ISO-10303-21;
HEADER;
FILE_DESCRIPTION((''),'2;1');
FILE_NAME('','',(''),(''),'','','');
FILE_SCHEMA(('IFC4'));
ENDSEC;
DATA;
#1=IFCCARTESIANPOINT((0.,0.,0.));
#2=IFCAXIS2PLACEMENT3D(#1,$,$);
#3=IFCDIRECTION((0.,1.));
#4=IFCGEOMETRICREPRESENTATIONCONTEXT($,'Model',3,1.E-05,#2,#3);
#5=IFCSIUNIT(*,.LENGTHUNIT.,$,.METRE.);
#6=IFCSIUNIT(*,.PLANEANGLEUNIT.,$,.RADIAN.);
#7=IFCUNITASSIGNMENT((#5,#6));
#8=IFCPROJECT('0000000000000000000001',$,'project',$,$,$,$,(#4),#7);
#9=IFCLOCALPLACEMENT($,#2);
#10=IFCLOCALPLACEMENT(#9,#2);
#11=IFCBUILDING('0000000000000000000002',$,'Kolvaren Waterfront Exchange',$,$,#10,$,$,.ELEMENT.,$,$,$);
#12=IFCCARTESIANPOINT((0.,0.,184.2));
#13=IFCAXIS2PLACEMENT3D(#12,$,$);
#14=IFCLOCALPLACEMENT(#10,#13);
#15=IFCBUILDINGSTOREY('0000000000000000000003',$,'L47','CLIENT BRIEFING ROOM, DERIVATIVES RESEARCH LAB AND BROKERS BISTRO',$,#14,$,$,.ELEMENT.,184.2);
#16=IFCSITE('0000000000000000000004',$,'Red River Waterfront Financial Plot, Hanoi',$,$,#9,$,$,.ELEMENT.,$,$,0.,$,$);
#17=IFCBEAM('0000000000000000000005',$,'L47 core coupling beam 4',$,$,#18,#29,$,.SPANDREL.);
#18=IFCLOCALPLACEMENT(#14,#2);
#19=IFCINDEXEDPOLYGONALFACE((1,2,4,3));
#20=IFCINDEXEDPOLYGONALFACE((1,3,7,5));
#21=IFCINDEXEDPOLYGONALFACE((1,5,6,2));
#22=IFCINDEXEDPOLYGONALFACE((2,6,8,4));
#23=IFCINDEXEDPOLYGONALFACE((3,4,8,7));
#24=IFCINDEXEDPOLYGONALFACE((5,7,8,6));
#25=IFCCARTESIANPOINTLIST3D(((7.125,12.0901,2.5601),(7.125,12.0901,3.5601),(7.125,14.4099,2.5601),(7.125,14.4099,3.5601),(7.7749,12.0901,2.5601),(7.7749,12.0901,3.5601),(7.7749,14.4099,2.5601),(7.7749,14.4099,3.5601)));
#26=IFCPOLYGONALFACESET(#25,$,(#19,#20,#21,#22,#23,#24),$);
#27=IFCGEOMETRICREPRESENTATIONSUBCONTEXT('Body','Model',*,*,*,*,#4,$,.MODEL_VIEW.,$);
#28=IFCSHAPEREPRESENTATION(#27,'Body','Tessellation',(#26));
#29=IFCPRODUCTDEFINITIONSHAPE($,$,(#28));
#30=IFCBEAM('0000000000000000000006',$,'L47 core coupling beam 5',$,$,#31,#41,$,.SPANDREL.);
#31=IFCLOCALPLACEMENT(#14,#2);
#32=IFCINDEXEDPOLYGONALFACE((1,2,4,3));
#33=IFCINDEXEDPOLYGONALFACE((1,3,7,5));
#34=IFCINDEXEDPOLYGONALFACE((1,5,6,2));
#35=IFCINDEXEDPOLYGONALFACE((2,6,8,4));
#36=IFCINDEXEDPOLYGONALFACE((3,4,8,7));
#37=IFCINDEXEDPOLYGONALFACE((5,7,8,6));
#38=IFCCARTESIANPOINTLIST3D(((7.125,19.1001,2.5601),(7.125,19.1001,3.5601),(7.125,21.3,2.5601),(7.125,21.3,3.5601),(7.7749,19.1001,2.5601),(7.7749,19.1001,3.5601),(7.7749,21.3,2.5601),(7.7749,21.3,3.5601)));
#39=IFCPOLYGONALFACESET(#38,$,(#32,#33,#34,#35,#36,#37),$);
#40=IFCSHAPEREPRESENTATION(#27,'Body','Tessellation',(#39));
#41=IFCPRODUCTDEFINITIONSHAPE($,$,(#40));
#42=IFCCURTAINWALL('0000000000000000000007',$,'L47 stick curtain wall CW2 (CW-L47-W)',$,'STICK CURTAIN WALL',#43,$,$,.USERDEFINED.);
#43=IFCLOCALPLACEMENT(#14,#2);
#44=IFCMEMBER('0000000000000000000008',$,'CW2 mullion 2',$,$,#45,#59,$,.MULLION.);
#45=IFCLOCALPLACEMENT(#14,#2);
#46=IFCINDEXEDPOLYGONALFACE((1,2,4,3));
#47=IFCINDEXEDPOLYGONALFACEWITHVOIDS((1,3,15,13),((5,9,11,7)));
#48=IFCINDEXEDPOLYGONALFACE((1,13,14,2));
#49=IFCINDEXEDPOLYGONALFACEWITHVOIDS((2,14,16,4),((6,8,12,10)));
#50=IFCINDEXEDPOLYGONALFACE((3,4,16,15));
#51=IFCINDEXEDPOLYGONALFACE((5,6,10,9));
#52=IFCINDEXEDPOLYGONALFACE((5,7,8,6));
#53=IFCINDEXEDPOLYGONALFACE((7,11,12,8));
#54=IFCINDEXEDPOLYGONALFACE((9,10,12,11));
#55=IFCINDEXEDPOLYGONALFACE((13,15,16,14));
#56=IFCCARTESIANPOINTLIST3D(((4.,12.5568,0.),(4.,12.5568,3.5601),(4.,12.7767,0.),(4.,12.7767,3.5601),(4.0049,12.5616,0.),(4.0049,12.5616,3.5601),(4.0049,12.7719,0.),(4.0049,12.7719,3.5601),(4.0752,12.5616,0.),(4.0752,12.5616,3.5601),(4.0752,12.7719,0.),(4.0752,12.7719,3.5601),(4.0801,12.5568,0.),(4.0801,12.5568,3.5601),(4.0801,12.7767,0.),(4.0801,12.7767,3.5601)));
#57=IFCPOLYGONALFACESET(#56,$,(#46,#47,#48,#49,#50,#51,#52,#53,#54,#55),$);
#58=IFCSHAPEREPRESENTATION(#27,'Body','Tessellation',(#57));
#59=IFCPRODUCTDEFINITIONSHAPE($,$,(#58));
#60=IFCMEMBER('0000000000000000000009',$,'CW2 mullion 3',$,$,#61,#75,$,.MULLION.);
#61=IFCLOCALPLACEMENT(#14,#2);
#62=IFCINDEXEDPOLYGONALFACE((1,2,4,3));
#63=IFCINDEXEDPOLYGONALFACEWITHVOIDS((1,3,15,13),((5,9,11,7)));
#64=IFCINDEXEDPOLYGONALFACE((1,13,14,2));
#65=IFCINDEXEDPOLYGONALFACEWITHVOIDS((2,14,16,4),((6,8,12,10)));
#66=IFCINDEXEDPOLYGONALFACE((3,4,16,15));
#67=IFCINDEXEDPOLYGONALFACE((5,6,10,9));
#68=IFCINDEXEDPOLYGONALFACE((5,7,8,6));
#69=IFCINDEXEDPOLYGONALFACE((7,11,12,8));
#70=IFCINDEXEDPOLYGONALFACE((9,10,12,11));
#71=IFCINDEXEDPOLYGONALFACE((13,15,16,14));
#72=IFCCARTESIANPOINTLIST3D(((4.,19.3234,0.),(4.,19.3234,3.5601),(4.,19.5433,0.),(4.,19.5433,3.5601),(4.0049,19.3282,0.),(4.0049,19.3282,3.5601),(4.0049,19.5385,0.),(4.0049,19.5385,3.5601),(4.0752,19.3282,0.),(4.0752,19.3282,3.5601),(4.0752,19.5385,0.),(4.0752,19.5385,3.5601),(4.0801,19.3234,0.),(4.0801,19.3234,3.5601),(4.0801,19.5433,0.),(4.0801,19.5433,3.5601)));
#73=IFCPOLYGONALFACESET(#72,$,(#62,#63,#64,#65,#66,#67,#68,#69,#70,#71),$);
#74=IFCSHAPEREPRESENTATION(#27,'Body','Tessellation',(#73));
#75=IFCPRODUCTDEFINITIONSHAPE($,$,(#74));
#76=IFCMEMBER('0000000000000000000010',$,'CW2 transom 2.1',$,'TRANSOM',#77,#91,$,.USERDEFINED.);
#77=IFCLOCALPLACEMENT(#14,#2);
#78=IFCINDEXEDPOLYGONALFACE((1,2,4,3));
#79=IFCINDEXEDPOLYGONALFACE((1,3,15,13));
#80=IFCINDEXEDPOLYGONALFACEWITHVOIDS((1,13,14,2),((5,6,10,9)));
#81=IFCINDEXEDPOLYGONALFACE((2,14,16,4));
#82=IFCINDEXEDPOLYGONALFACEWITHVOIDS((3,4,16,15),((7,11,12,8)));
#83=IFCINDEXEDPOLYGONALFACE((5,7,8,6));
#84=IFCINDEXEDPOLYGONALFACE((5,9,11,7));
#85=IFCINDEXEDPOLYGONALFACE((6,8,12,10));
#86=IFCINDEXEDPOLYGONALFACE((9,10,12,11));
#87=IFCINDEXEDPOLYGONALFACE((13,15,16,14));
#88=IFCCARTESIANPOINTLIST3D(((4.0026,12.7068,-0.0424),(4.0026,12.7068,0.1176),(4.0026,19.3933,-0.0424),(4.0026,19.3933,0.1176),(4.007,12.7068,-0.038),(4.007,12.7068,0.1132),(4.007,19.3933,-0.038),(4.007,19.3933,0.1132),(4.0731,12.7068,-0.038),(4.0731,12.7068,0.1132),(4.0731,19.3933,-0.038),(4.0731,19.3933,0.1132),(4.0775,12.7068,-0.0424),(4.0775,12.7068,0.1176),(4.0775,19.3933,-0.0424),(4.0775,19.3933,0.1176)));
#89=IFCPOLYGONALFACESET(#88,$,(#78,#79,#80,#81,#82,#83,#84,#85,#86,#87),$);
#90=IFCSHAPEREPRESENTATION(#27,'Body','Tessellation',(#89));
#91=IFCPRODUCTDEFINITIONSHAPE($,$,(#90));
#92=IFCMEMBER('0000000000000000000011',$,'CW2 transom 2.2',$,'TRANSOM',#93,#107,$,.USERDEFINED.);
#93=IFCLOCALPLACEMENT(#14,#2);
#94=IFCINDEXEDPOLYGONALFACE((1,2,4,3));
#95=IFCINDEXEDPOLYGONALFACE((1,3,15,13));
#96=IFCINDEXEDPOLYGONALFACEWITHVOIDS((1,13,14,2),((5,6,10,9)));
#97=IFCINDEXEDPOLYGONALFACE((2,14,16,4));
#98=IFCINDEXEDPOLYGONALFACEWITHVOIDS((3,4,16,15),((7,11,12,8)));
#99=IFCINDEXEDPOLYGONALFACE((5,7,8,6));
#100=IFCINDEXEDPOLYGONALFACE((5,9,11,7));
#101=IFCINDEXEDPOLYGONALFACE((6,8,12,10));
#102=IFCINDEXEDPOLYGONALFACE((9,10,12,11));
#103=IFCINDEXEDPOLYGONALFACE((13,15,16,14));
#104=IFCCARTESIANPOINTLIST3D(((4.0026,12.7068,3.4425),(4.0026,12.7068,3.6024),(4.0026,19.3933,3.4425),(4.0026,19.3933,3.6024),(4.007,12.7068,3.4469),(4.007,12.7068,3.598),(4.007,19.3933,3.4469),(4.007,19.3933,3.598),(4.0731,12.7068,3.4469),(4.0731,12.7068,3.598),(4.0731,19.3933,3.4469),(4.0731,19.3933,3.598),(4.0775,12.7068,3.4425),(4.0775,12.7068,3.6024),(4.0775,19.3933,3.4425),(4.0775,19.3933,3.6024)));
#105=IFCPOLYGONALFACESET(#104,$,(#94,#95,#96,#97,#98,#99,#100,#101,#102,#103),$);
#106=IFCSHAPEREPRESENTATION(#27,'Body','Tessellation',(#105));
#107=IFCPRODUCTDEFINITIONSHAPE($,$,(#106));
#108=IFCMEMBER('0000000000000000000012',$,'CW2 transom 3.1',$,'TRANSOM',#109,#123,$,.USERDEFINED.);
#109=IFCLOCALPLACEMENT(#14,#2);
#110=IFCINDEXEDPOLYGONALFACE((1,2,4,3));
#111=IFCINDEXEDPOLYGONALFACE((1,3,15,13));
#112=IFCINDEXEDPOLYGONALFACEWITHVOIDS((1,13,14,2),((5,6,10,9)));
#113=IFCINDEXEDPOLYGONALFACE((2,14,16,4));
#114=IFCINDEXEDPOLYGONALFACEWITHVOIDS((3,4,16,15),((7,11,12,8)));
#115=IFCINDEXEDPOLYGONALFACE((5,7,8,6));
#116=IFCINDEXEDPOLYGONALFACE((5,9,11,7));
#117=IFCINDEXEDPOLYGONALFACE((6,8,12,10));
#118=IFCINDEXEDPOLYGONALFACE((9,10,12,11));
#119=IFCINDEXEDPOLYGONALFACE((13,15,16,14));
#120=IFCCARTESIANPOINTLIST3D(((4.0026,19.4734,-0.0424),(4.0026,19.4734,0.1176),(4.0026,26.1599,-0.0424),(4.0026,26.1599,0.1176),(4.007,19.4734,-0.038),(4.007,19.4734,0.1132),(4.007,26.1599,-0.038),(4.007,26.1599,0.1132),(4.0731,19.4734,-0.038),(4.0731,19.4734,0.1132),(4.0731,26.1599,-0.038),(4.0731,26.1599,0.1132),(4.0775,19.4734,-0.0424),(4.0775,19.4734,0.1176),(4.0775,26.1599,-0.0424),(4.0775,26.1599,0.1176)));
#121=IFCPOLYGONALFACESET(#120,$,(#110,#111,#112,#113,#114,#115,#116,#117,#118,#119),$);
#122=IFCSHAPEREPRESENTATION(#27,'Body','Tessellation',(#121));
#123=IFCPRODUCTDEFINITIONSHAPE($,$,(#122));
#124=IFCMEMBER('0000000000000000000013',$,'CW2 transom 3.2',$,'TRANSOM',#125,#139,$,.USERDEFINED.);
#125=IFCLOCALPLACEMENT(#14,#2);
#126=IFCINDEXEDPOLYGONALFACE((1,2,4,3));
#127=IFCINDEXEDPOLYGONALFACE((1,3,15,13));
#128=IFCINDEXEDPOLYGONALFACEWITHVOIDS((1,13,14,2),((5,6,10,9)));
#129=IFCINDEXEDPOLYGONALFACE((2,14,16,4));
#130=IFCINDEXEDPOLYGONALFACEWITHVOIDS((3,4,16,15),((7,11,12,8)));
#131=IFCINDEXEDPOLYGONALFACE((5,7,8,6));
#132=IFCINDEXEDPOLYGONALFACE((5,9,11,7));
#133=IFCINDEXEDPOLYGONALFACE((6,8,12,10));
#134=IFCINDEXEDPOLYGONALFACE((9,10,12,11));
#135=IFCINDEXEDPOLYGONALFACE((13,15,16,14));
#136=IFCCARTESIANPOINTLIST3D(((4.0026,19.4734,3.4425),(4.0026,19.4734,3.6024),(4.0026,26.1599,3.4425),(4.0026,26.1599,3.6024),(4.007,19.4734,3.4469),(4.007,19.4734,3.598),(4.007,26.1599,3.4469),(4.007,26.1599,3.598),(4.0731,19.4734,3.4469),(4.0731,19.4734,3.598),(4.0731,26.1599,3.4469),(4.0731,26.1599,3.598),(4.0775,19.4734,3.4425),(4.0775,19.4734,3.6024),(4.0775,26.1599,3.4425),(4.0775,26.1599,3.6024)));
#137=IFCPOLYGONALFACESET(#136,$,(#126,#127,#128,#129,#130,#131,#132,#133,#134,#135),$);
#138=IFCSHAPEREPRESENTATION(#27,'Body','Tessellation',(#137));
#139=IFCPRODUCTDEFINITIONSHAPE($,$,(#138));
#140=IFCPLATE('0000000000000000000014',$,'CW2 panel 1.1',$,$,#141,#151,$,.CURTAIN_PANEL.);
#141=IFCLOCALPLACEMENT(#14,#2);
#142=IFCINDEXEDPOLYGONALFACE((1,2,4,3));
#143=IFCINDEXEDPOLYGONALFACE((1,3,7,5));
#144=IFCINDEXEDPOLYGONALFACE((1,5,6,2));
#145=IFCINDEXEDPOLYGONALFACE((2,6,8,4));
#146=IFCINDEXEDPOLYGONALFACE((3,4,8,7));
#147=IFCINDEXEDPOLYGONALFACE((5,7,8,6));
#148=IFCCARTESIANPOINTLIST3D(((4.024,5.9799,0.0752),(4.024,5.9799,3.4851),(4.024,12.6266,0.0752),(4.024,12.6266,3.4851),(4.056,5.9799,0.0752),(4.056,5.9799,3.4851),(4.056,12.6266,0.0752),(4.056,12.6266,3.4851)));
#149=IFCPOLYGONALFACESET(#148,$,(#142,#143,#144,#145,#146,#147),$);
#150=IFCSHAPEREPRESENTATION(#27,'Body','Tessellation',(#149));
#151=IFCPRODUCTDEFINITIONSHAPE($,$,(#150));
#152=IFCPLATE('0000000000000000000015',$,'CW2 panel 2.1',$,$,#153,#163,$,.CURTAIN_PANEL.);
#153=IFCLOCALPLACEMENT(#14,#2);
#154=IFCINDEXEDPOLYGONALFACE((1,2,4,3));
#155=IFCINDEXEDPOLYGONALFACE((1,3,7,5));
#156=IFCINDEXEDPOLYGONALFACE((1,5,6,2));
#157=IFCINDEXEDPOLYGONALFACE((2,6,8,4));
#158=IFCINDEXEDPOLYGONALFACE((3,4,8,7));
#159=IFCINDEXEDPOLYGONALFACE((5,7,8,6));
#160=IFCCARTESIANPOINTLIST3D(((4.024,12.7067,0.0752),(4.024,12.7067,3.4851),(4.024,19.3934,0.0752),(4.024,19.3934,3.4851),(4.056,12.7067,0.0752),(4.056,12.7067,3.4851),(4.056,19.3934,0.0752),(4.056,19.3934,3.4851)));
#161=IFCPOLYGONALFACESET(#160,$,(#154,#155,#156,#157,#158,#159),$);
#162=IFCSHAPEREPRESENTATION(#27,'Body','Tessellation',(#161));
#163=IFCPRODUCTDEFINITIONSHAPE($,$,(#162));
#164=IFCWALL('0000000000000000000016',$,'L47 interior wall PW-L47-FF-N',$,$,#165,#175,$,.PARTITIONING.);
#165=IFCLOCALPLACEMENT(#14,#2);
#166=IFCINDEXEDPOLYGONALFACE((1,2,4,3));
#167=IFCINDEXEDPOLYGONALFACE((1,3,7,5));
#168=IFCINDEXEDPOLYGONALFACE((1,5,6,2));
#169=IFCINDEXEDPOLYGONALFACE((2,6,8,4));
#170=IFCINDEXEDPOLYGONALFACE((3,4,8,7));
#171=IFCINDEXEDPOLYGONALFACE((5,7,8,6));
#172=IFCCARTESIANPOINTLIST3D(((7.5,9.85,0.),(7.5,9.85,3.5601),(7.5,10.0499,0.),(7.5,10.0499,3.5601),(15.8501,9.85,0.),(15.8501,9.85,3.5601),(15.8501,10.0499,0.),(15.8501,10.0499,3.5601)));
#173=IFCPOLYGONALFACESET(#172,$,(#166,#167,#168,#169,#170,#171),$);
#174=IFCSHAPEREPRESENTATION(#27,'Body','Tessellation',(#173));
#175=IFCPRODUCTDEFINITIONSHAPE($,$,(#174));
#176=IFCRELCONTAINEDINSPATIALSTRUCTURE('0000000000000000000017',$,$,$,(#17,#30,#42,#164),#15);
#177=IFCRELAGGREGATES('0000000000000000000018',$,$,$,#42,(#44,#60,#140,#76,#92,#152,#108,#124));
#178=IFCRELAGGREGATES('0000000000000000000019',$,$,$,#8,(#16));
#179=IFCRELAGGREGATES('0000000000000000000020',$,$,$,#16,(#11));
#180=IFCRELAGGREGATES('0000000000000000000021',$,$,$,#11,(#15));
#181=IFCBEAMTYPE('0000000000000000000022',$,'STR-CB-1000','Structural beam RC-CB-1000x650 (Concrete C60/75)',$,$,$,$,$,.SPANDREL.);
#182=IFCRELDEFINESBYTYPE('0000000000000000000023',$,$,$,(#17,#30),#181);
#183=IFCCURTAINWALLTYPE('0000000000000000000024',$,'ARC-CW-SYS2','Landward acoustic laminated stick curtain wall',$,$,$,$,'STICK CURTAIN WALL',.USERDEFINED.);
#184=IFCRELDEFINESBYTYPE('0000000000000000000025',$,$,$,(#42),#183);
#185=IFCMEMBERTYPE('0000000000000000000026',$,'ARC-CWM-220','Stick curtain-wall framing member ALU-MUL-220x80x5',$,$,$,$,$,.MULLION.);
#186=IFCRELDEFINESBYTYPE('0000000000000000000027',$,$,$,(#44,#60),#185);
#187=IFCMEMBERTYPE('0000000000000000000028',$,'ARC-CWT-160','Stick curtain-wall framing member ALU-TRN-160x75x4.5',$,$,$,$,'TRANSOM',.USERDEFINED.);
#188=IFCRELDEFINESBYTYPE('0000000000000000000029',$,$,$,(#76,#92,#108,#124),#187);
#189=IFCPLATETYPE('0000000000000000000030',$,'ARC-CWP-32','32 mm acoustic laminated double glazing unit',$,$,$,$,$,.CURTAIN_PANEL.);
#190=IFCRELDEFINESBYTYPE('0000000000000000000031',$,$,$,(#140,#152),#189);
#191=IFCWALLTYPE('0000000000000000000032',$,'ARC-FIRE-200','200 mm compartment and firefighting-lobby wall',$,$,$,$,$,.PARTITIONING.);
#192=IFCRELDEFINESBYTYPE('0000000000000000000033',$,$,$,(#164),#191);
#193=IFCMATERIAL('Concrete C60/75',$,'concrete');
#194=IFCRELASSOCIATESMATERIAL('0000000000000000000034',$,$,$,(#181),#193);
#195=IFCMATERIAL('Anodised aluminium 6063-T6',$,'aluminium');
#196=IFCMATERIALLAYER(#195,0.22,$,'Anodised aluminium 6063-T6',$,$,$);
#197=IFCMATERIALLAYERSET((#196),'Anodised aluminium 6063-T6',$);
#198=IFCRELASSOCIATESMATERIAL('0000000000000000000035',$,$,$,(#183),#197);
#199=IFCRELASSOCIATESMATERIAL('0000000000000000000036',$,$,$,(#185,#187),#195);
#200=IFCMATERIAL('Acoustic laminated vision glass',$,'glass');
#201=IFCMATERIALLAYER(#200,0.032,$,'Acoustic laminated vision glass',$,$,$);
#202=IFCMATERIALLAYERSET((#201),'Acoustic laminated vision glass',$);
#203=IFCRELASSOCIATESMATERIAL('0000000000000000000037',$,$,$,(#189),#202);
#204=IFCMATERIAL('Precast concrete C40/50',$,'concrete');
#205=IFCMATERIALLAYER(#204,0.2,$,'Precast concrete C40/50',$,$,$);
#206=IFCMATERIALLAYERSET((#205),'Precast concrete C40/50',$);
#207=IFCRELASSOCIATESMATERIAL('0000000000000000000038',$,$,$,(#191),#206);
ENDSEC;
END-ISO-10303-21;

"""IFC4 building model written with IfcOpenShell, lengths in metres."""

from ifc_helpers import new_model, si_unit, direction, frame, frame_2d, origin, origin_with_axes, origin_2d, place, context, subcontext, project, spatial, rectangle, hollow_rectangle, extrude, source, transform, mapped, material, layer, layer_set, material_profile, profile_set, type_object, element, aggregate, save


model = new_model("IFC4")

# Units and contexts
model_context = context("Model", 3, precision=1e-05, world=origin(), true_north=direction((0.0, 1.0)))
body_context = subcontext(model_context, "Body", "Model", "MODEL_VIEW")
ifc_project = project(units=[si_unit("LENGTHUNIT", "METRE"), si_unit("PLANEANGLEUNIT", "RADIAN")], contexts=[model_context])

# Site, building, storey
site_placement = place(None, origin())
site = spatial("IfcSite", under=ifc_project, at=site_placement, Name="Red River Waterfront Financial Plot, Hanoi", CompositionType="ELEMENT", RefElevation=0.0)
building_placement = place(site_placement, origin())
building = spatial("IfcBuilding", under=site, at=building_placement, Name="Kolvaren Waterfront Exchange", CompositionType="ELEMENT")
storey_placement = place(building_placement, frame((0.0, 0.0, 184.2)))
storey = spatial("IfcBuildingStorey", under=building, at=storey_placement, Name="L47", Description="CLIENT BRIEFING ROOM, DERIVATIVES RESEARCH LAB AND BROKERS BISTRO", CompositionType="ELEMENT", Elevation=184.2)

# Beams
ifc_material_1 = material(Name="Concrete C60/75", Category="concrete")
ifc_material_profile_1 = material_profile(ifc_material_1, rectangle(XDim=0.6499, YDim=1.0, at=origin_2d()), Name="RC-CB-1000x650")
ifc_profile_set_1 = profile_set([ifc_material_profile_1], Name="Concrete C60/75")
beam_type = type_object("IfcBeamType", Name="STR-CB-1000", Description="Structural beam RC-CB-1000x650 (Concrete C60/75)", PredefinedType="SPANDREL", material=ifc_profile_set_1)
beam_1_placement = place(storey_placement, frame((7.45, 12.0901, 3.0601), z_axis=(0.0, 1.0, 0.0), x_axis=(-1.0, 0.0, 0.0)))
element("IfcBeam", 1, at=beam_1_placement, inside=storey, type_object=beam_type, Name="L47 core coupling beam 4", PredefinedType="SPANDREL", context=body_context, shape_type="SweptSolid", body=[
    extrude(rectangle(XDim=0.6499, YDim=1.0, at=origin_2d()), origin(), (0.0, 0.0, 1.0), 2.3198),
])
beam_2_placement = place(storey_placement, frame((7.45, 19.1001, 3.0601), z_axis=(0.0, 1.0, 0.0), x_axis=(-1.0, 0.0, 0.0)))
element("IfcBeam", 2, at=beam_2_placement, inside=storey, type_object=beam_type, Name="L47 core coupling beam 5", PredefinedType="SPANDREL", context=body_context, shape_type="SweptSolid", body=[
    extrude(rectangle(XDim=0.6499, YDim=1.0, at=origin_2d()), origin(), (0.0, 0.0, 1.0), 2.2),
])

# Curtain wall, members, plates
ifc_material_2 = material(Name="Anodised aluminium 6063-T6", Category="aluminium")
ifc_layer_1 = layer(ifc_material_2, 0.22, Name="Anodised aluminium 6063-T6")
ifc_layer_set_1 = layer_set([ifc_layer_1], Name="Anodised aluminium 6063-T6")
curtain_wall_type = type_object("IfcCurtainWallType", Name="ARC-CW-SYS2", Description="Landward acoustic laminated stick curtain wall", ElementType="STICK CURTAIN WALL", PredefinedType="USERDEFINED", material=ifc_layer_set_1)
curtain_wall_placement = place(storey_placement, origin())
curtain_wall = element("IfcCurtainWall", 3, at=curtain_wall_placement, inside=storey, type_object=curtain_wall_type, Name="L47 stick curtain wall CW2 (CW-L47-W)", ObjectType="STICK CURTAIN WALL", PredefinedType="USERDEFINED")
ifc_material_profile_2 = material_profile(ifc_material_2, hollow_rectangle(XDim=0.0801, YDim=0.22, WallThickness=0.0049, at=origin_2d()), Name="ALU-MUL-220x80x5")
ifc_profile_set_2 = profile_set([ifc_material_profile_2], Name="Anodised aluminium 6063-T6")
member_type_1 = type_object("IfcMemberType", Name="ARC-CWM-220", Description="Stick curtain-wall framing member ALU-MUL-220x80x5", PredefinedType="MULLION", material=ifc_profile_set_2)
shared_shape_1 = source(origin_with_axes(), body_context, "Body", "SweptSolid", [
    extrude(hollow_rectangle(XDim=0.0801, YDim=0.22, WallThickness=0.0049, at=origin_2d()), origin(), (0.0, 0.0, 1.0), 3.5601),
])
member_1_placement = place(storey_placement, frame((4.04, 12.6667, 0.0), z_axis=(0.0, 0.0, 1.0), x_axis=(-1.0, 0.0, 0.0)))
member_1 = element("IfcMember", 4, at=member_1_placement, type_object=member_type_1, Name="CW2 mullion 2", PredefinedType="MULLION", context=body_context, shape_type="MappedRepresentation", body=[
    mapped(shared_shape_1, transform((0.0, 0.0, 0.0), x_axis=(1.0, 0.0, 0.0), y_axis=(0.0, 1.0, 0.0), z_axis=(0.0, 0.0, 1.0), scale=1.0)),
])
member_2_placement = place(storey_placement, frame((4.04, 19.4333, 0.0), z_axis=(0.0, 0.0, 1.0), x_axis=(-1.0, 0.0, 0.0)))
member_2 = element("IfcMember", 5, at=member_2_placement, type_object=member_type_1, Name="CW2 mullion 3", PredefinedType="MULLION", context=body_context, shape_type="MappedRepresentation", body=[
    mapped(shared_shape_1, transform((0.0, 0.0, 0.0), x_axis=(1.0, 0.0, 0.0), y_axis=(0.0, 1.0, 0.0), z_axis=(0.0, 0.0, 1.0), scale=1.0)),
])
ifc_material_profile_3 = material_profile(ifc_material_2, hollow_rectangle(XDim=0.075, YDim=0.1599, WallThickness=0.0044, at=origin_2d()), Name="ALU-TRN-160x75x4.5")
ifc_profile_set_3 = profile_set([ifc_material_profile_3], Name="Anodised aluminium 6063-T6")
member_type_2 = type_object("IfcMemberType", Name="ARC-CWT-160", Description="Stick curtain-wall framing member ALU-TRN-160x75x4.5", ElementType="TRANSOM", PredefinedType="USERDEFINED", material=ifc_profile_set_3)
shared_shape_2 = source(origin_with_axes(), body_context, "Body", "SweptSolid", [
    extrude(hollow_rectangle(XDim=0.075, YDim=0.1599, WallThickness=0.0044, at=origin_2d()), origin(), (0.0, 0.0, 1.0), 6.6865),
])
member_3_placement = place(storey_placement, frame((4.04, 12.7068, 0.0376), z_axis=(0.0, 1.0, 0.0), x_axis=(-1.0, 0.0, 0.0)))
member_3 = element("IfcMember", 6, at=member_3_placement, type_object=member_type_2, Name="CW2 transom 2.1", ObjectType="TRANSOM", PredefinedType="USERDEFINED", context=body_context, shape_type="MappedRepresentation", body=[
    mapped(shared_shape_2, transform((0.0, 0.0, 0.0), x_axis=(1.0, 0.0, 0.0), y_axis=(0.0, 1.0, 0.0), z_axis=(0.0, 0.0, 1.0), scale=1.0)),
])
member_4_placement = place(storey_placement, frame((4.04, 12.7068, 3.5225), z_axis=(0.0, 1.0, 0.0), x_axis=(-1.0, 0.0, 0.0)))
member_4 = element("IfcMember", 7, at=member_4_placement, type_object=member_type_2, Name="CW2 transom 2.2", ObjectType="TRANSOM", PredefinedType="USERDEFINED", context=body_context, shape_type="MappedRepresentation", body=[
    mapped(shared_shape_2, transform((0.0, 0.0, 0.0), x_axis=(1.0, 0.0, 0.0), y_axis=(0.0, 1.0, 0.0), z_axis=(0.0, 0.0, 1.0), scale=1.0)),
])
member_5_placement = place(storey_placement, frame((4.04, 19.4734, 0.0376), z_axis=(0.0, 1.0, 0.0), x_axis=(-1.0, 0.0, 0.0)))
member_5 = element("IfcMember", 8, at=member_5_placement, type_object=member_type_2, Name="CW2 transom 3.1", ObjectType="TRANSOM", PredefinedType="USERDEFINED", context=body_context, shape_type="MappedRepresentation", body=[
    mapped(shared_shape_2, transform((0.0, 0.0, 0.0), x_axis=(1.0, 0.0, 0.0), y_axis=(0.0, 1.0, 0.0), z_axis=(0.0, 0.0, 1.0), scale=1.0)),
])
member_6_placement = place(storey_placement, frame((4.04, 19.4734, 3.5225), z_axis=(0.0, 1.0, 0.0), x_axis=(-1.0, 0.0, 0.0)))
member_6 = element("IfcMember", 9, at=member_6_placement, type_object=member_type_2, Name="CW2 transom 3.2", ObjectType="TRANSOM", PredefinedType="USERDEFINED", context=body_context, shape_type="MappedRepresentation", body=[
    mapped(shared_shape_2, transform((0.0, 0.0, 0.0), x_axis=(1.0, 0.0, 0.0), y_axis=(0.0, 1.0, 0.0), z_axis=(0.0, 0.0, 1.0), scale=1.0)),
])
ifc_material_3 = material(Name="Acoustic laminated vision glass", Category="glass")
ifc_layer_2 = layer(ifc_material_3, 0.032, Name="Acoustic laminated vision glass")
ifc_layer_set_2 = layer_set([ifc_layer_2], Name="Acoustic laminated vision glass")
plate_type = type_object("IfcPlateType", Name="ARC-CWP-32", Description="32 mm acoustic laminated double glazing unit", PredefinedType="CURTAIN_PANEL", material=ifc_layer_set_2)
shared_shape_3 = source(origin_with_axes(), body_context, "Body", "SweptSolid", [
    extrude(rectangle(XDim=6.6467, YDim=0.032, at=origin_2d()), origin(), (0.0, 0.0, 1.0), 3.4099),
])
plate_1_placement = place(storey_placement, frame((4.04, 9.3032, 0.0752), z_axis=(0.0, 0.0, 1.0), x_axis=(0.0, 1.0, 0.0)))
plate_1 = element("IfcPlate", 10, at=plate_1_placement, type_object=plate_type, Name="CW2 panel 1.1", PredefinedType="CURTAIN_PANEL", context=body_context, shape_type="MappedRepresentation", body=[
    mapped(shared_shape_3, transform((0.0, 0.0, 0.0), x_axis=(1.0, 0.0, 0.0), y_axis=(0.0, 1.0, 0.0), z_axis=(0.0, 0.0, 1.0), scale=1.0)),
])
shared_shape_4 = source(origin_with_axes(), body_context, "Body", "SweptSolid", [
    extrude(rectangle(XDim=6.6868, YDim=0.032, at=origin_2d()), origin(), (0.0, 0.0, 1.0), 3.4099),
])
plate_2_placement = place(storey_placement, frame((4.04, 16.05, 0.0752), z_axis=(0.0, 0.0, 1.0), x_axis=(0.0, 1.0, 0.0)))
plate_2 = element("IfcPlate", 11, at=plate_2_placement, type_object=plate_type, Name="CW2 panel 2.1", PredefinedType="CURTAIN_PANEL", context=body_context, shape_type="MappedRepresentation", body=[
    mapped(shared_shape_4, transform((0.0, 0.0, 0.0), x_axis=(1.0, 0.0, 0.0), y_axis=(0.0, 1.0, 0.0), z_axis=(0.0, 0.0, 1.0), scale=1.0)),
])
aggregate(curtain_wall, [member_1, member_2, plate_1, member_3, member_4, plate_2, member_5, member_6])

# Wall
ifc_material_4 = material(Name="Precast concrete C40/50", Category="concrete")
ifc_layer_3 = layer(ifc_material_4, 0.2, Name="Precast concrete C40/50")
ifc_layer_set_3 = layer_set([ifc_layer_3], Name="Precast concrete C40/50")
wall_type_1 = type_object("IfcWallType", Name="ARC-FIRE-200", Description="200 mm compartment and firefighting-lobby wall", PredefinedType="PARTITIONING", material=ifc_layer_set_3)
wall_1_placement = place(storey_placement, frame((7.5, 9.95, 0.0), z_axis=(0.0, 0.0, 1.0), x_axis=(1.0, 0.0, 0.0)))
element("IfcWall", 12, at=wall_1_placement, inside=storey, type_object=wall_type_1, Name="L47 interior wall PW-L47-FF-N", PredefinedType="PARTITIONING", context=body_context, shape_type="SweptSolid", body=[
    extrude(rectangle(XDim=8.3501, YDim=0.2, at=frame_2d((4.175, 0.0))), origin(), (0.0, 0.0, 1.0), 3.5601),
])

save(model, "model.ifc")
